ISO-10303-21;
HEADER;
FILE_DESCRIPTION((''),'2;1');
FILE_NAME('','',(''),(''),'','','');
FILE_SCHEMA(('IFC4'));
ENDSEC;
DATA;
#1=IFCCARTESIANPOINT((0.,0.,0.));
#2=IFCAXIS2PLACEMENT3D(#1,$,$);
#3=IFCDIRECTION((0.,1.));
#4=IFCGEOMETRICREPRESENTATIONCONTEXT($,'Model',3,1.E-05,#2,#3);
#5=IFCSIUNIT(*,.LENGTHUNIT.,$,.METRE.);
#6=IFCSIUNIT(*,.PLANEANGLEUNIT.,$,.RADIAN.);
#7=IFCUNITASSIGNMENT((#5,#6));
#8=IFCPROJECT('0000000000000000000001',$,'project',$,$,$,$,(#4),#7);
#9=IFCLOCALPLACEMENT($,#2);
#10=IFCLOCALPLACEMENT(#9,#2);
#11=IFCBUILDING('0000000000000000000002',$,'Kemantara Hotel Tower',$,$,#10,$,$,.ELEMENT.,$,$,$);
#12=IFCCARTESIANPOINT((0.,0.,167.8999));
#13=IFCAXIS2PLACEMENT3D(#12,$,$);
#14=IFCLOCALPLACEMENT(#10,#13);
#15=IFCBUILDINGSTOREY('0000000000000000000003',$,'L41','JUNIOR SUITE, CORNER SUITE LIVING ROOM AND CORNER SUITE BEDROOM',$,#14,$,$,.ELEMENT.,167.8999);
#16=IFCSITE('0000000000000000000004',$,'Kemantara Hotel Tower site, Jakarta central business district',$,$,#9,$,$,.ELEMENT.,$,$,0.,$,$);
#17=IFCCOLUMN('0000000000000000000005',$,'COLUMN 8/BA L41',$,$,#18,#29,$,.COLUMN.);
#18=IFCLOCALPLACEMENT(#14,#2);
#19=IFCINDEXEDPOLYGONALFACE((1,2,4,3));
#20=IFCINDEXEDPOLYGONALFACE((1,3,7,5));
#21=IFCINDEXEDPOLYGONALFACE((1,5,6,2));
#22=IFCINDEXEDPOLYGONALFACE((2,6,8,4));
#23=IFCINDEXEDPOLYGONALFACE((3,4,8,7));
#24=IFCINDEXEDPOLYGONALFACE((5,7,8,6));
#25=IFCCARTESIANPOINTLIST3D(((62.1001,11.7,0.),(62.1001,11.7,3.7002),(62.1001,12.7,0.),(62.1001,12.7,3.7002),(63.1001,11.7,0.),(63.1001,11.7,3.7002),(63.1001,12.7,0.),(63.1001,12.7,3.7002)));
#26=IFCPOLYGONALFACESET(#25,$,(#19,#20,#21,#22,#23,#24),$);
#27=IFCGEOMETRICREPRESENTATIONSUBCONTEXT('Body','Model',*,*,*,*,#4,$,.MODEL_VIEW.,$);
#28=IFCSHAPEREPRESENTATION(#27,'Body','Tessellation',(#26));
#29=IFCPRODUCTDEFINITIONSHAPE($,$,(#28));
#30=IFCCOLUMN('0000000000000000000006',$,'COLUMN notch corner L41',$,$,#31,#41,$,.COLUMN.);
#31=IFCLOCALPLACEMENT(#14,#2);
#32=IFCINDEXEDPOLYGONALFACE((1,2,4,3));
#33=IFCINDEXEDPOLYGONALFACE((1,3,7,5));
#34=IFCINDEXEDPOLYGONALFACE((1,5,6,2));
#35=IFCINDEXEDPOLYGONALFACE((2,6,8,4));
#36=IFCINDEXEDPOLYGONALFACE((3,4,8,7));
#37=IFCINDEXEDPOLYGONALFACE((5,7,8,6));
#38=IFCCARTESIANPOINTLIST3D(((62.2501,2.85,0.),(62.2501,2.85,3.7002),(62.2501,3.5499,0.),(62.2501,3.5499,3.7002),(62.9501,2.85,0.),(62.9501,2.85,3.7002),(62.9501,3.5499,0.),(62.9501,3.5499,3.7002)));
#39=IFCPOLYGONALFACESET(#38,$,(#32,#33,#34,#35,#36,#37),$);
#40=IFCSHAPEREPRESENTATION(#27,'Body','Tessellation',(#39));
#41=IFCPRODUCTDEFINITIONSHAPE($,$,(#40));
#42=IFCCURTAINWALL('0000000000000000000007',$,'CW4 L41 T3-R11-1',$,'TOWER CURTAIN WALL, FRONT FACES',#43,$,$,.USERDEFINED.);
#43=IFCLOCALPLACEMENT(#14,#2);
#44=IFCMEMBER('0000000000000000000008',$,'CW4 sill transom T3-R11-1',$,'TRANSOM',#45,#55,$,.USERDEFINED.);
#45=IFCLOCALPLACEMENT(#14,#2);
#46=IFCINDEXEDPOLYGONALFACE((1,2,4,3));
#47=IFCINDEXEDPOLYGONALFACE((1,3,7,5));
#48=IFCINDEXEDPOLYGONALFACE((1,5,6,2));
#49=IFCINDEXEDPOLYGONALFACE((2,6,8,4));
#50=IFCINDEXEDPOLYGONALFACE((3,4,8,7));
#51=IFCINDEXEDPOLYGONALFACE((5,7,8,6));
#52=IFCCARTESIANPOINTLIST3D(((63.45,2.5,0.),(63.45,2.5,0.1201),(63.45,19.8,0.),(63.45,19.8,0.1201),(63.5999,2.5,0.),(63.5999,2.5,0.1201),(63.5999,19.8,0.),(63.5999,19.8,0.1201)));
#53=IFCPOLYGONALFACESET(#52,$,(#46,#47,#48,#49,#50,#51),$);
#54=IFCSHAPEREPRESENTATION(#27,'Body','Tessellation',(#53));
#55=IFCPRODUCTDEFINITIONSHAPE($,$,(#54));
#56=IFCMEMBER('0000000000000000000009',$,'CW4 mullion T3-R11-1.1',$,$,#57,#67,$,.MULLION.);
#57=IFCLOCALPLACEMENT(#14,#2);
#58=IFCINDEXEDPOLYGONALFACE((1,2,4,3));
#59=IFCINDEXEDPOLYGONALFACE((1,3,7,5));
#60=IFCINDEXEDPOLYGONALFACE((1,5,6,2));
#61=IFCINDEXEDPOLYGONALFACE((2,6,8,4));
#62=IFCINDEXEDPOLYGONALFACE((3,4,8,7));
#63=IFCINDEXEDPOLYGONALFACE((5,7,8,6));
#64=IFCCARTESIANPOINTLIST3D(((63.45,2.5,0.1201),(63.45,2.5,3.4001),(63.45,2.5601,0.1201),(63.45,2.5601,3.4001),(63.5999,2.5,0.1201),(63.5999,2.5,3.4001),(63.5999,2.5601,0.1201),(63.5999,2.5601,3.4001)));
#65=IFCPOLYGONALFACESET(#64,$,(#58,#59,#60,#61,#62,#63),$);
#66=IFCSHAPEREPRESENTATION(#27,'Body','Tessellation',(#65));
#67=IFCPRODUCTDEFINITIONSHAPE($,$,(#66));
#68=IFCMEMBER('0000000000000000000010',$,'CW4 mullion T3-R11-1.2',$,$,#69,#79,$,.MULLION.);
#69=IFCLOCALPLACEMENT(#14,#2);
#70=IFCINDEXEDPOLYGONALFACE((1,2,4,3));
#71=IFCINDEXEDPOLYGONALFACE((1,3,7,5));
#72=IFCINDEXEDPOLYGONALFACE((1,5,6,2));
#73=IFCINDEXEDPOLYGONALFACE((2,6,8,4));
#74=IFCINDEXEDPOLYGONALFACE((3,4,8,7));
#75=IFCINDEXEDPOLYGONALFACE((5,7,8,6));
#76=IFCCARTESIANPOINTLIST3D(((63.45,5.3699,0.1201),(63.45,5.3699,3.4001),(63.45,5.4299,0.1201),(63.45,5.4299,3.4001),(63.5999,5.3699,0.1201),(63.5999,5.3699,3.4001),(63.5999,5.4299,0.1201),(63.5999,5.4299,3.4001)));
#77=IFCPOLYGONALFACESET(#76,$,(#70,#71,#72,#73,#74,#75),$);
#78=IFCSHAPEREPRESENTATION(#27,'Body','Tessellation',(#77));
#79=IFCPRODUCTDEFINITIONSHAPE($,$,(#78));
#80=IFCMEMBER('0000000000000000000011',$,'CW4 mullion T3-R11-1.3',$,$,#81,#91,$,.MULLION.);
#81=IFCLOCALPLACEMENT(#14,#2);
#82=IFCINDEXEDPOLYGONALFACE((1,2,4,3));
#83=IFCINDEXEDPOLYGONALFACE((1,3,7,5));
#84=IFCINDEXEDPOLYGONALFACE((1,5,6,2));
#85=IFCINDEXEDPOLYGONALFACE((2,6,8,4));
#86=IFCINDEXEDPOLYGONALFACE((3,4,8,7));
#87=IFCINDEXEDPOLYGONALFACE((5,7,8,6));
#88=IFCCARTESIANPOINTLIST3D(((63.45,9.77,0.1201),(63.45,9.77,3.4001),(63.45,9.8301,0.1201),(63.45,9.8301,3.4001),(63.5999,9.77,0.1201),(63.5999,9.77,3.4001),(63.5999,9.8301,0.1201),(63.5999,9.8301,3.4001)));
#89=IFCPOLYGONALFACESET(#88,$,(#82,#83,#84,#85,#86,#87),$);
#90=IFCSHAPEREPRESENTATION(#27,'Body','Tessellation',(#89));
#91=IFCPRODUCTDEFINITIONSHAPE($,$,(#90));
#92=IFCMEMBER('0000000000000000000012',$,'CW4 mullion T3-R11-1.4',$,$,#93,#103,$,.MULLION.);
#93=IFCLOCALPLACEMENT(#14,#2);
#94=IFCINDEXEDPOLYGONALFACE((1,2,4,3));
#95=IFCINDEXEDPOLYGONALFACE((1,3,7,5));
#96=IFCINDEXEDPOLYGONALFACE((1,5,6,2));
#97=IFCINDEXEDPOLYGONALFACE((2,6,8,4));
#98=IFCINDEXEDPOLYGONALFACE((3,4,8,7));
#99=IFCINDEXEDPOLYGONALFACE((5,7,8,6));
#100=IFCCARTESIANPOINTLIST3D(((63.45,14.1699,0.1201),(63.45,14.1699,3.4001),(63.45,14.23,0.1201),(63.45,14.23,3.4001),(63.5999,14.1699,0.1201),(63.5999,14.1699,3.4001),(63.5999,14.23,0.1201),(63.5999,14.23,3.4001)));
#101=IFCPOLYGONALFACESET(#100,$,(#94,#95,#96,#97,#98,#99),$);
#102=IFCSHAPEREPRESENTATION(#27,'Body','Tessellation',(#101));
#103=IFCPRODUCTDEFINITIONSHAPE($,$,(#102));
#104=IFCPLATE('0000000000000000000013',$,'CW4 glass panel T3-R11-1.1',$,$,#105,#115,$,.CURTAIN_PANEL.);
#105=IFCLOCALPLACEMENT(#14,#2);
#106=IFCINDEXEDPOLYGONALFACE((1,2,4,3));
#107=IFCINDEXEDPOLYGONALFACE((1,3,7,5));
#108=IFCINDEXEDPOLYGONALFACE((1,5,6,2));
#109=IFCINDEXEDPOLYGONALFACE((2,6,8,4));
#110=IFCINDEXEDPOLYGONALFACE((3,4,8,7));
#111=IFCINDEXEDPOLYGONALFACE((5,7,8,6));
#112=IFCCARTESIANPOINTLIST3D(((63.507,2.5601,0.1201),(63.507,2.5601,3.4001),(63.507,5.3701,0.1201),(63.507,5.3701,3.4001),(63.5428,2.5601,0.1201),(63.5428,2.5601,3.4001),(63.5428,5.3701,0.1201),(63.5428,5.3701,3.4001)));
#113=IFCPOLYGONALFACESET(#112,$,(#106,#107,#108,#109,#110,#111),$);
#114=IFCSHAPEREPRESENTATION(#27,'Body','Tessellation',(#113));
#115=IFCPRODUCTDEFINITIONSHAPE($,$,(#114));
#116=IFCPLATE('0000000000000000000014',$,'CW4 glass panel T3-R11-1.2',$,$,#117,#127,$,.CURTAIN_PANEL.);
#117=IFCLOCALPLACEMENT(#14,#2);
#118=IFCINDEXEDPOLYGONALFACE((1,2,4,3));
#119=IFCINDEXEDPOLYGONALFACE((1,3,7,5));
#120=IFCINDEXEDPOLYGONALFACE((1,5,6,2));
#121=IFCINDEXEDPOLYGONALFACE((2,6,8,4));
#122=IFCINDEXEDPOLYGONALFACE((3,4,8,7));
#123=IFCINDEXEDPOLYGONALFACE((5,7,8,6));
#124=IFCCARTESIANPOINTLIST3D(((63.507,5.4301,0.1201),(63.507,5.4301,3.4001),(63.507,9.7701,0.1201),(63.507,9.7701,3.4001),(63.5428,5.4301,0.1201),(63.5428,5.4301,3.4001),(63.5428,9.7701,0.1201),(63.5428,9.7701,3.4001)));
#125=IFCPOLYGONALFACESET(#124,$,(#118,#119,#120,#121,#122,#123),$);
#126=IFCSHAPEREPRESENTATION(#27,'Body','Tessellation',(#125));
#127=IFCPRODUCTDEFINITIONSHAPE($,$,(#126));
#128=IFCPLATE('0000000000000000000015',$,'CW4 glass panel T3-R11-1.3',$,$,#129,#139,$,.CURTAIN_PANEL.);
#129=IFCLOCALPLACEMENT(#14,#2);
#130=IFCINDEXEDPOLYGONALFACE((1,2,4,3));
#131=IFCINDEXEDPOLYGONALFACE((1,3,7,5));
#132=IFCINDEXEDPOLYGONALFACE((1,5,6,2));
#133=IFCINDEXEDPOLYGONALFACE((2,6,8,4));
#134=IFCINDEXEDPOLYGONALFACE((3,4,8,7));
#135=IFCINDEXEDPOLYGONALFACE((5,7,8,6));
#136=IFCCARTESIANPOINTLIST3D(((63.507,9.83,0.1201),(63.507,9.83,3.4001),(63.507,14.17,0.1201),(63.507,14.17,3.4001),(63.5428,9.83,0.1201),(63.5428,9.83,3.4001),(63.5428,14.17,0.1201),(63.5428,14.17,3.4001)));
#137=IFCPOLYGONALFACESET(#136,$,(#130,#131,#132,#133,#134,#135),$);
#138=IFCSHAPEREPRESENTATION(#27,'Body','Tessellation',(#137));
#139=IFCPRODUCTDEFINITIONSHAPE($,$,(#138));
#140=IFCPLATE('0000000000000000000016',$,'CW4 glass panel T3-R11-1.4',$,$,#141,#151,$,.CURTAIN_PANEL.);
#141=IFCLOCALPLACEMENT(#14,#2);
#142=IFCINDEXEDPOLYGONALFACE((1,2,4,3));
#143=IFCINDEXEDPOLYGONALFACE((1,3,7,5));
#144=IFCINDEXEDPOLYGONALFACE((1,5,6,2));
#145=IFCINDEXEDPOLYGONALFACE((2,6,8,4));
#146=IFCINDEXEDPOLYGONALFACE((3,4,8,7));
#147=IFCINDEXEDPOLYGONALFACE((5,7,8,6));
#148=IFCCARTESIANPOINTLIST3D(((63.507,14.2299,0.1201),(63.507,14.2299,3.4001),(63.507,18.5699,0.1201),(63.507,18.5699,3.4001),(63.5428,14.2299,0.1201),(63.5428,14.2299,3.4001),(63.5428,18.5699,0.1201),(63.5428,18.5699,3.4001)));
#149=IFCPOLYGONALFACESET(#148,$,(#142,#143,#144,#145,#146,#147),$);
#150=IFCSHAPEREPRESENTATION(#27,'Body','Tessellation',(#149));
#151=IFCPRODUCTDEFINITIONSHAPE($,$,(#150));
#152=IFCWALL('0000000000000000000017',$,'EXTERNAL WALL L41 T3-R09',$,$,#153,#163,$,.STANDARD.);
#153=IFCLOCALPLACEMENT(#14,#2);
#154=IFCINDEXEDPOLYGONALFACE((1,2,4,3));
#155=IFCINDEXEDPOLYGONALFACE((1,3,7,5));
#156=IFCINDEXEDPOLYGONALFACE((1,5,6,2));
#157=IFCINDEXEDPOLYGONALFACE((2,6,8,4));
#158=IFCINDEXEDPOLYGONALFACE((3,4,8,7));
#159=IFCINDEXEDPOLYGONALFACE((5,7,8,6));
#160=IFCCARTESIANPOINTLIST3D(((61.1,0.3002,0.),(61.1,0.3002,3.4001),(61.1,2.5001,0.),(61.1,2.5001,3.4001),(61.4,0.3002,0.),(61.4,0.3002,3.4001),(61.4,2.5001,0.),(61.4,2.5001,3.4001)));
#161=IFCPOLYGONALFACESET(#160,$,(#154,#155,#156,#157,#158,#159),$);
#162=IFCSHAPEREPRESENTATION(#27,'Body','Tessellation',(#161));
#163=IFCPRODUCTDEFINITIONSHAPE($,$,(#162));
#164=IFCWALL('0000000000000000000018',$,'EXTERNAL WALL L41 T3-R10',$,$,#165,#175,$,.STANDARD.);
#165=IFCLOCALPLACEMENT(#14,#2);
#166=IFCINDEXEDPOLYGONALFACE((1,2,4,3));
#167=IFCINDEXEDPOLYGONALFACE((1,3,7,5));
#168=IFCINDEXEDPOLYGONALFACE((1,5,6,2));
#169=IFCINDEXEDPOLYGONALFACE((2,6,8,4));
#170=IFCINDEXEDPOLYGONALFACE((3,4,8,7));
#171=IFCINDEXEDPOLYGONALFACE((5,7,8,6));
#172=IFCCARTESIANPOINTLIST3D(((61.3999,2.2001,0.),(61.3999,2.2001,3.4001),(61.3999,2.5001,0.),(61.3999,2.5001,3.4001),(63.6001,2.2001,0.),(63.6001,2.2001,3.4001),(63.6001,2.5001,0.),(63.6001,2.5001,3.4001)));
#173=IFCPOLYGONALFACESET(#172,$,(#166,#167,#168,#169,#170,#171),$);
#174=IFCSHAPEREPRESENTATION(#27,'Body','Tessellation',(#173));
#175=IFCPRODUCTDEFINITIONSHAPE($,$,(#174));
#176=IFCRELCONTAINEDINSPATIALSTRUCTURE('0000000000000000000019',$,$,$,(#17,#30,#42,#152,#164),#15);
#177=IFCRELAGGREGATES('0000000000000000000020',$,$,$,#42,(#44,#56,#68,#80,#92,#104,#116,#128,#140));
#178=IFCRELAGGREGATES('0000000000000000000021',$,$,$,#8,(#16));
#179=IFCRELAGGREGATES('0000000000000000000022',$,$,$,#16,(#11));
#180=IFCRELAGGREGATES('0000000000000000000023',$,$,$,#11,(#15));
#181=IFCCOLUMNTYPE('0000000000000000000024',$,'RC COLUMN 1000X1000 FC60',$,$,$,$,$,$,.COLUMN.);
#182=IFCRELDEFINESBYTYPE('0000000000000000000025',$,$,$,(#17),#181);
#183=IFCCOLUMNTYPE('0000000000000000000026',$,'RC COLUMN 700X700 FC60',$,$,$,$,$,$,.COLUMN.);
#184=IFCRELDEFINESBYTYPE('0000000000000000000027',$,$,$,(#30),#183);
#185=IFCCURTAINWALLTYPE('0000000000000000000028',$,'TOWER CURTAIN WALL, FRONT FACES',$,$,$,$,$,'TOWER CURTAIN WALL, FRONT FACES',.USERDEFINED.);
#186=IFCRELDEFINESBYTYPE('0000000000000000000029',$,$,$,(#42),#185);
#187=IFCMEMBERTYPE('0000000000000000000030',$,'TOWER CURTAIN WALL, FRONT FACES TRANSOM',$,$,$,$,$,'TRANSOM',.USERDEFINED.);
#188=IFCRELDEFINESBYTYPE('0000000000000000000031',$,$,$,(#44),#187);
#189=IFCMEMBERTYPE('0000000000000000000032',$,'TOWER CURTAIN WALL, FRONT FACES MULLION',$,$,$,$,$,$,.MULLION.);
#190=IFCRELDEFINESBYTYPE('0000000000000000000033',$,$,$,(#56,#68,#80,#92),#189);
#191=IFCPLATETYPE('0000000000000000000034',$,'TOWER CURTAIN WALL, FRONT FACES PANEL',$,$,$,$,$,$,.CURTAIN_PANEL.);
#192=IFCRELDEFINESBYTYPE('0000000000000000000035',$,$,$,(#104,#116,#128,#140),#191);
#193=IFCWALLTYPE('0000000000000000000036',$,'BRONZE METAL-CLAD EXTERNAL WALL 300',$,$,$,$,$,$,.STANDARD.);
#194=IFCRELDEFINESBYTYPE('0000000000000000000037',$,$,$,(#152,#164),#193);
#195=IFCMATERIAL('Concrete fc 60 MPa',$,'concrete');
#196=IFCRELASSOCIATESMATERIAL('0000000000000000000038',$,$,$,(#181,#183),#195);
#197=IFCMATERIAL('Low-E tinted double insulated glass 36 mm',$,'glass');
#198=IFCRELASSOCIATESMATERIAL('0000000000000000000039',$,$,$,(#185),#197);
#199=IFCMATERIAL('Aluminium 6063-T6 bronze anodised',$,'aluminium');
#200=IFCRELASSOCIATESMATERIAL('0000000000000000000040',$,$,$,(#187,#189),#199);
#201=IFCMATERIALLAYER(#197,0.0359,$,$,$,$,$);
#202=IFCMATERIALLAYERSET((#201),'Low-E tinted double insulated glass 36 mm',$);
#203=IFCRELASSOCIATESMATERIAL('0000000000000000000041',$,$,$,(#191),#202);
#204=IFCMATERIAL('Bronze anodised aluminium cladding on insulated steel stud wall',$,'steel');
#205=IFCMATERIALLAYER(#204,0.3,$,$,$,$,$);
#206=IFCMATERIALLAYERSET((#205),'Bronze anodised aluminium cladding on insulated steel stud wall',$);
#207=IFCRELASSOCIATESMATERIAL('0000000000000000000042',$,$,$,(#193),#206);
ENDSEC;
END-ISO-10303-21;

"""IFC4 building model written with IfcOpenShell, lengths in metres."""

from ifc_helpers import new_model, si_unit, direction, frame, frame_2d, origin, origin_2d, place, context, subcontext, project, spatial, rectangle, extrude, source, transform, mapped, material, layer, layer_set, material_profile, profile_set, type_object, element, aggregate, save


model = new_model("IFC4")

# Units and contexts
model_context = context("Model", 3, precision=1e-05, world=origin(), true_north=direction((0.0, 1.0)))
body_context = subcontext(model_context, "Body", "Model", "MODEL_VIEW")
ifc_project = project(units=[si_unit("LENGTHUNIT", "METRE"), si_unit("PLANEANGLEUNIT", "RADIAN")], contexts=[model_context])

# Site, building, storey
site_placement = place(None, origin())
site = spatial("IfcSite", under=ifc_project, at=site_placement, Name="Kemantara Hotel Tower site, Jakarta central business district", CompositionType="ELEMENT", RefElevation=0.0)
building_placement = place(site_placement, origin())
building = spatial("IfcBuilding", under=site, at=building_placement, Name="Kemantara Hotel Tower", CompositionType="ELEMENT")
storey_placement = place(building_placement, frame((0.0, 0.0, 167.8999)))
storey = spatial("IfcBuildingStorey", under=building, at=storey_placement, Name="L41", Description="JUNIOR SUITE, CORNER SUITE LIVING ROOM AND CORNER SUITE BEDROOM", CompositionType="ELEMENT", Elevation=167.8999)

# Columns
ifc_material_1 = material(Name="Concrete fc 60 MPa", Category="concrete")
ifc_material_profile_1 = material_profile(ifc_material_1, rectangle(XDim=1.0, YDim=1.0, at=origin_2d()), Name="RC 1000X1000")
ifc_profile_set_1 = profile_set([ifc_material_profile_1], Name="Concrete fc 60 MPa")
column_type_1 = type_object("IfcColumnType", Name="RC COLUMN 1000X1000 FC60", PredefinedType="COLUMN", material=ifc_profile_set_1)
column_1_placement = place(storey_placement, frame((62.6001, 12.2, 0.0), z_axis=(0.0, 0.0, 1.0), x_axis=(1.0, 0.0, 0.0)))
element("IfcColumn", 1, at=column_1_placement, inside=storey, type_object=column_type_1, Name="COLUMN 8/BA L41", PredefinedType="COLUMN", context=body_context, shape_type="SweptSolid", body=[
    extrude(rectangle(XDim=1.0, YDim=1.0, at=origin_2d()), origin(), (0.0, 0.0, 1.0), 3.7002),
])
ifc_material_profile_2 = material_profile(ifc_material_1, rectangle(XDim=0.7, YDim=0.7, at=origin_2d()), Name="RC 700X700")
ifc_profile_set_2 = profile_set([ifc_material_profile_2], Name="Concrete fc 60 MPa")
column_type_2 = type_object("IfcColumnType", Name="RC COLUMN 700X700 FC60", PredefinedType="COLUMN", material=ifc_profile_set_2)
column_2_placement = place(storey_placement, frame((62.6001, 3.2, 0.0), z_axis=(0.0, 0.0, 1.0), x_axis=(1.0, 0.0, 0.0)))
element("IfcColumn", 2, at=column_2_placement, inside=storey, type_object=column_type_2, Name="COLUMN notch corner L41", PredefinedType="COLUMN", context=body_context, shape_type="SweptSolid", body=[
    extrude(rectangle(XDim=0.7, YDim=0.7, at=origin_2d()), origin(), (0.0, 0.0, 1.0), 3.7002),
])

# Curtain wall, members, plates
ifc_material_2 = material(Name="Low-E tinted double insulated glass 36 mm", Category="glass")
curtain_wall_type = type_object("IfcCurtainWallType", Name="TOWER CURTAIN WALL, FRONT FACES", ElementType="TOWER CURTAIN WALL, FRONT FACES", PredefinedType="USERDEFINED", material=ifc_material_2)
curtain_wall_placement = place(storey_placement, origin())
curtain_wall = element("IfcCurtainWall", 3, at=curtain_wall_placement, inside=storey, type_object=curtain_wall_type, Name="CW4 L41 T3-R11-1", ObjectType="TOWER CURTAIN WALL, FRONT FACES", PredefinedType="USERDEFINED")
ifc_material_3 = material(Name="Aluminium 6063-T6 bronze anodised", Category="aluminium")
ifc_material_profile_3 = material_profile(ifc_material_3, rectangle(XDim=0.1499, YDim=0.1201, at=origin_2d()), Name="TOWER CURTAIN WALL, FRONT FACES TRANSOM")
ifc_profile_set_3 = profile_set([ifc_material_profile_3], Name="Aluminium 6063-T6 bronze anodised")
member_type_1 = type_object("IfcMemberType", Name="TOWER CURTAIN WALL, FRONT FACES TRANSOM", ElementType="TRANSOM", PredefinedType="USERDEFINED", material=ifc_profile_set_3)
member_1_placement = place(storey_placement, frame((63.5249, 2.5, 0.0601), z_axis=(0.0, 1.0, 0.0), x_axis=(-1.0, 0.0, 0.0)))
member_1 = element("IfcMember", 4, at=member_1_placement, type_object=member_type_1, Name="CW4 sill transom T3-R11-1", ObjectType="TRANSOM", PredefinedType="USERDEFINED", context=body_context, shape_type="SweptSolid", body=[
    extrude(rectangle(XDim=0.1499, YDim=0.1201, at=origin_2d()), origin(), (0.0, 0.0, 1.0), 17.3),
])
ifc_material_profile_4 = material_profile(ifc_material_3, rectangle(XDim=0.1499, YDim=0.0601, at=origin_2d()), Name="TOWER CURTAIN WALL, FRONT FACES MULLION")
ifc_profile_set_4 = profile_set([ifc_material_profile_4], Name="Aluminium 6063-T6 bronze anodised")
member_type_2 = type_object("IfcMemberType", Name="TOWER CURTAIN WALL, FRONT FACES MULLION", PredefinedType="MULLION", material=ifc_profile_set_4)
shared_shape_1 = source(origin(), body_context, "Body", "SweptSolid", [
    extrude(rectangle(XDim=0.1499, YDim=0.0601, at=origin_2d()), origin(), (0.0, 0.0, 1.0), 3.28),
])
member_2_placement = place(storey_placement, frame((63.5249, 2.53, 0.1201), z_axis=(0.0, 0.0, 1.0), x_axis=(-1.0, 0.0, 0.0)))
member_2 = element("IfcMember", 5, at=member_2_placement, type_object=member_type_2, Name="CW4 mullion T3-R11-1.1", PredefinedType="MULLION", context=body_context, shape_type="MappedRepresentation", body=[
    mapped(shared_shape_1, transform((0.0, 0.0, 0.0))),
])
member_3_placement = place(storey_placement, frame((63.5249, 5.3999, 0.1201), z_axis=(0.0, 0.0, 1.0), x_axis=(-1.0, 0.0, 0.0)))
member_3 = element("IfcMember", 6, at=member_3_placement, type_object=member_type_2, Name="CW4 mullion T3-R11-1.2", PredefinedType="MULLION", context=body_context, shape_type="MappedRepresentation", body=[
    mapped(shared_shape_1, transform((0.0, 0.0, 0.0))),
])
member_4_placement = place(storey_placement, frame((63.5249, 9.8, 0.1201), z_axis=(0.0, 0.0, 1.0), x_axis=(-1.0, 0.0, 0.0)))
member_4 = element("IfcMember", 7, at=member_4_placement, type_object=member_type_2, Name="CW4 mullion T3-R11-1.3", PredefinedType="MULLION", context=body_context, shape_type="MappedRepresentation", body=[
    mapped(shared_shape_1, transform((0.0, 0.0, 0.0))),
])
member_5_placement = place(storey_placement, frame((63.5249, 14.2, 0.1201), z_axis=(0.0, 0.0, 1.0), x_axis=(-1.0, 0.0, 0.0)))
member_5 = element("IfcMember", 8, at=member_5_placement, type_object=member_type_2, Name="CW4 mullion T3-R11-1.4", PredefinedType="MULLION", context=body_context, shape_type="MappedRepresentation", body=[
    mapped(shared_shape_1, transform((0.0, 0.0, 0.0))),
])
ifc_layer_1 = layer(ifc_material_2, 0.0359)
ifc_layer_set_1 = layer_set([ifc_layer_1], Name="Low-E tinted double insulated glass 36 mm")
plate_type = type_object("IfcPlateType", Name="TOWER CURTAIN WALL, FRONT FACES PANEL", PredefinedType="CURTAIN_PANEL", material=ifc_layer_set_1)
shared_shape_2 = source(origin(), body_context, "Body", "SweptSolid", [
    extrude(rectangle(XDim=2.8101, YDim=0.0359, at=origin_2d()), origin(), (0.0, 0.0, 1.0), 3.28),
])
plate_1_placement = place(storey_placement, frame((63.5249, 3.9651, 0.1201), z_axis=(0.0, 0.0, 1.0), x_axis=(0.0, 1.0, 0.0)))
plate_1 = element("IfcPlate", 9, at=plate_1_placement, type_object=plate_type, Name="CW4 glass panel T3-R11-1.1", PredefinedType="CURTAIN_PANEL", context=body_context, shape_type="MappedRepresentation", body=[
    mapped(shared_shape_2, transform((0.0, 0.0, 0.0))),
])
shared_shape_3 = source(origin(), body_context, "Body", "SweptSolid", [
    extrude(rectangle(XDim=4.3401, YDim=0.0359, at=origin_2d()), origin(), (0.0, 0.0, 1.0), 3.28),
])
plate_2_placement = place(storey_placement, frame((63.5249, 7.6001, 0.1201), z_axis=(0.0, 0.0, 1.0), x_axis=(0.0, 1.0, 0.0)))
plate_2 = element("IfcPlate", 10, at=plate_2_placement, type_object=plate_type, Name="CW4 glass panel T3-R11-1.2", PredefinedType="CURTAIN_PANEL", context=body_context, shape_type="MappedRepresentation", body=[
    mapped(shared_shape_3, transform((0.0, 0.0, 0.0))),
])
plate_3_placement = place(storey_placement, frame((63.5249, 12.0, 0.1201), z_axis=(0.0, 0.0, 1.0), x_axis=(0.0, 1.0, 0.0)))
plate_3 = element("IfcPlate", 11, at=plate_3_placement, type_object=plate_type, Name="CW4 glass panel T3-R11-1.3", PredefinedType="CURTAIN_PANEL", context=body_context, shape_type="MappedRepresentation", body=[
    mapped(shared_shape_3, transform((0.0, 0.0, 0.0))),
])
plate_4_placement = place(storey_placement, frame((63.5249, 16.3999, 0.1201), z_axis=(0.0, 0.0, 1.0), x_axis=(0.0, 1.0, 0.0)))
plate_4 = element("IfcPlate", 12, at=plate_4_placement, type_object=plate_type, Name="CW4 glass panel T3-R11-1.4", PredefinedType="CURTAIN_PANEL", context=body_context, shape_type="MappedRepresentation", body=[
    mapped(shared_shape_3, transform((0.0, 0.0, 0.0))),
])
aggregate(curtain_wall, [member_1, member_2, member_3, member_4, member_5, plate_1, plate_2, plate_3, plate_4])

# Walls
ifc_material_4 = material(Name="Bronze anodised aluminium cladding on insulated steel stud wall", Category="steel")
ifc_layer_2 = layer(ifc_material_4, 0.3)
ifc_layer_set_2 = layer_set([ifc_layer_2], Name="Bronze anodised aluminium cladding on insulated steel stud wall")
wall_type_1 = type_object("IfcWallType", Name="BRONZE METAL-CLAD EXTERNAL WALL 300", PredefinedType="STANDARD", material=ifc_layer_set_2)
wall_1_placement = place(storey_placement, frame((61.25, 0.3, 0.0), z_axis=(0.0, 0.0, 1.0), x_axis=(0.0, 1.0, 0.0)))
element("IfcWall", 13, at=wall_1_placement, inside=storey, type_object=wall_type_1, Name="EXTERNAL WALL L41 T3-R09", PredefinedType="STANDARD", context=body_context, shape_type="SweptSolid", body=[
    extrude(rectangle(XDim=2.2, YDim=0.3, at=frame_2d((1.1001, 0.0))), origin(), (0.0, 0.0, 1.0), 3.4001),
])
wall_2_placement = place(storey_placement, frame((61.3999, 2.3501, 0.0), z_axis=(0.0, 0.0, 1.0), x_axis=(1.0, 0.0, 0.0)))
element("IfcWall", 14, at=wall_2_placement, inside=storey, type_object=wall_type_1, Name="EXTERNAL WALL L41 T3-R10", PredefinedType="STANDARD", context=body_context, shape_type="SweptSolid", body=[
    extrude(rectangle(XDim=2.2002, YDim=0.3, at=frame_2d((1.1001, 0.0))), origin(), (0.0, 0.0, 1.0), 3.4001),
])

save(model, "model.ifc")
